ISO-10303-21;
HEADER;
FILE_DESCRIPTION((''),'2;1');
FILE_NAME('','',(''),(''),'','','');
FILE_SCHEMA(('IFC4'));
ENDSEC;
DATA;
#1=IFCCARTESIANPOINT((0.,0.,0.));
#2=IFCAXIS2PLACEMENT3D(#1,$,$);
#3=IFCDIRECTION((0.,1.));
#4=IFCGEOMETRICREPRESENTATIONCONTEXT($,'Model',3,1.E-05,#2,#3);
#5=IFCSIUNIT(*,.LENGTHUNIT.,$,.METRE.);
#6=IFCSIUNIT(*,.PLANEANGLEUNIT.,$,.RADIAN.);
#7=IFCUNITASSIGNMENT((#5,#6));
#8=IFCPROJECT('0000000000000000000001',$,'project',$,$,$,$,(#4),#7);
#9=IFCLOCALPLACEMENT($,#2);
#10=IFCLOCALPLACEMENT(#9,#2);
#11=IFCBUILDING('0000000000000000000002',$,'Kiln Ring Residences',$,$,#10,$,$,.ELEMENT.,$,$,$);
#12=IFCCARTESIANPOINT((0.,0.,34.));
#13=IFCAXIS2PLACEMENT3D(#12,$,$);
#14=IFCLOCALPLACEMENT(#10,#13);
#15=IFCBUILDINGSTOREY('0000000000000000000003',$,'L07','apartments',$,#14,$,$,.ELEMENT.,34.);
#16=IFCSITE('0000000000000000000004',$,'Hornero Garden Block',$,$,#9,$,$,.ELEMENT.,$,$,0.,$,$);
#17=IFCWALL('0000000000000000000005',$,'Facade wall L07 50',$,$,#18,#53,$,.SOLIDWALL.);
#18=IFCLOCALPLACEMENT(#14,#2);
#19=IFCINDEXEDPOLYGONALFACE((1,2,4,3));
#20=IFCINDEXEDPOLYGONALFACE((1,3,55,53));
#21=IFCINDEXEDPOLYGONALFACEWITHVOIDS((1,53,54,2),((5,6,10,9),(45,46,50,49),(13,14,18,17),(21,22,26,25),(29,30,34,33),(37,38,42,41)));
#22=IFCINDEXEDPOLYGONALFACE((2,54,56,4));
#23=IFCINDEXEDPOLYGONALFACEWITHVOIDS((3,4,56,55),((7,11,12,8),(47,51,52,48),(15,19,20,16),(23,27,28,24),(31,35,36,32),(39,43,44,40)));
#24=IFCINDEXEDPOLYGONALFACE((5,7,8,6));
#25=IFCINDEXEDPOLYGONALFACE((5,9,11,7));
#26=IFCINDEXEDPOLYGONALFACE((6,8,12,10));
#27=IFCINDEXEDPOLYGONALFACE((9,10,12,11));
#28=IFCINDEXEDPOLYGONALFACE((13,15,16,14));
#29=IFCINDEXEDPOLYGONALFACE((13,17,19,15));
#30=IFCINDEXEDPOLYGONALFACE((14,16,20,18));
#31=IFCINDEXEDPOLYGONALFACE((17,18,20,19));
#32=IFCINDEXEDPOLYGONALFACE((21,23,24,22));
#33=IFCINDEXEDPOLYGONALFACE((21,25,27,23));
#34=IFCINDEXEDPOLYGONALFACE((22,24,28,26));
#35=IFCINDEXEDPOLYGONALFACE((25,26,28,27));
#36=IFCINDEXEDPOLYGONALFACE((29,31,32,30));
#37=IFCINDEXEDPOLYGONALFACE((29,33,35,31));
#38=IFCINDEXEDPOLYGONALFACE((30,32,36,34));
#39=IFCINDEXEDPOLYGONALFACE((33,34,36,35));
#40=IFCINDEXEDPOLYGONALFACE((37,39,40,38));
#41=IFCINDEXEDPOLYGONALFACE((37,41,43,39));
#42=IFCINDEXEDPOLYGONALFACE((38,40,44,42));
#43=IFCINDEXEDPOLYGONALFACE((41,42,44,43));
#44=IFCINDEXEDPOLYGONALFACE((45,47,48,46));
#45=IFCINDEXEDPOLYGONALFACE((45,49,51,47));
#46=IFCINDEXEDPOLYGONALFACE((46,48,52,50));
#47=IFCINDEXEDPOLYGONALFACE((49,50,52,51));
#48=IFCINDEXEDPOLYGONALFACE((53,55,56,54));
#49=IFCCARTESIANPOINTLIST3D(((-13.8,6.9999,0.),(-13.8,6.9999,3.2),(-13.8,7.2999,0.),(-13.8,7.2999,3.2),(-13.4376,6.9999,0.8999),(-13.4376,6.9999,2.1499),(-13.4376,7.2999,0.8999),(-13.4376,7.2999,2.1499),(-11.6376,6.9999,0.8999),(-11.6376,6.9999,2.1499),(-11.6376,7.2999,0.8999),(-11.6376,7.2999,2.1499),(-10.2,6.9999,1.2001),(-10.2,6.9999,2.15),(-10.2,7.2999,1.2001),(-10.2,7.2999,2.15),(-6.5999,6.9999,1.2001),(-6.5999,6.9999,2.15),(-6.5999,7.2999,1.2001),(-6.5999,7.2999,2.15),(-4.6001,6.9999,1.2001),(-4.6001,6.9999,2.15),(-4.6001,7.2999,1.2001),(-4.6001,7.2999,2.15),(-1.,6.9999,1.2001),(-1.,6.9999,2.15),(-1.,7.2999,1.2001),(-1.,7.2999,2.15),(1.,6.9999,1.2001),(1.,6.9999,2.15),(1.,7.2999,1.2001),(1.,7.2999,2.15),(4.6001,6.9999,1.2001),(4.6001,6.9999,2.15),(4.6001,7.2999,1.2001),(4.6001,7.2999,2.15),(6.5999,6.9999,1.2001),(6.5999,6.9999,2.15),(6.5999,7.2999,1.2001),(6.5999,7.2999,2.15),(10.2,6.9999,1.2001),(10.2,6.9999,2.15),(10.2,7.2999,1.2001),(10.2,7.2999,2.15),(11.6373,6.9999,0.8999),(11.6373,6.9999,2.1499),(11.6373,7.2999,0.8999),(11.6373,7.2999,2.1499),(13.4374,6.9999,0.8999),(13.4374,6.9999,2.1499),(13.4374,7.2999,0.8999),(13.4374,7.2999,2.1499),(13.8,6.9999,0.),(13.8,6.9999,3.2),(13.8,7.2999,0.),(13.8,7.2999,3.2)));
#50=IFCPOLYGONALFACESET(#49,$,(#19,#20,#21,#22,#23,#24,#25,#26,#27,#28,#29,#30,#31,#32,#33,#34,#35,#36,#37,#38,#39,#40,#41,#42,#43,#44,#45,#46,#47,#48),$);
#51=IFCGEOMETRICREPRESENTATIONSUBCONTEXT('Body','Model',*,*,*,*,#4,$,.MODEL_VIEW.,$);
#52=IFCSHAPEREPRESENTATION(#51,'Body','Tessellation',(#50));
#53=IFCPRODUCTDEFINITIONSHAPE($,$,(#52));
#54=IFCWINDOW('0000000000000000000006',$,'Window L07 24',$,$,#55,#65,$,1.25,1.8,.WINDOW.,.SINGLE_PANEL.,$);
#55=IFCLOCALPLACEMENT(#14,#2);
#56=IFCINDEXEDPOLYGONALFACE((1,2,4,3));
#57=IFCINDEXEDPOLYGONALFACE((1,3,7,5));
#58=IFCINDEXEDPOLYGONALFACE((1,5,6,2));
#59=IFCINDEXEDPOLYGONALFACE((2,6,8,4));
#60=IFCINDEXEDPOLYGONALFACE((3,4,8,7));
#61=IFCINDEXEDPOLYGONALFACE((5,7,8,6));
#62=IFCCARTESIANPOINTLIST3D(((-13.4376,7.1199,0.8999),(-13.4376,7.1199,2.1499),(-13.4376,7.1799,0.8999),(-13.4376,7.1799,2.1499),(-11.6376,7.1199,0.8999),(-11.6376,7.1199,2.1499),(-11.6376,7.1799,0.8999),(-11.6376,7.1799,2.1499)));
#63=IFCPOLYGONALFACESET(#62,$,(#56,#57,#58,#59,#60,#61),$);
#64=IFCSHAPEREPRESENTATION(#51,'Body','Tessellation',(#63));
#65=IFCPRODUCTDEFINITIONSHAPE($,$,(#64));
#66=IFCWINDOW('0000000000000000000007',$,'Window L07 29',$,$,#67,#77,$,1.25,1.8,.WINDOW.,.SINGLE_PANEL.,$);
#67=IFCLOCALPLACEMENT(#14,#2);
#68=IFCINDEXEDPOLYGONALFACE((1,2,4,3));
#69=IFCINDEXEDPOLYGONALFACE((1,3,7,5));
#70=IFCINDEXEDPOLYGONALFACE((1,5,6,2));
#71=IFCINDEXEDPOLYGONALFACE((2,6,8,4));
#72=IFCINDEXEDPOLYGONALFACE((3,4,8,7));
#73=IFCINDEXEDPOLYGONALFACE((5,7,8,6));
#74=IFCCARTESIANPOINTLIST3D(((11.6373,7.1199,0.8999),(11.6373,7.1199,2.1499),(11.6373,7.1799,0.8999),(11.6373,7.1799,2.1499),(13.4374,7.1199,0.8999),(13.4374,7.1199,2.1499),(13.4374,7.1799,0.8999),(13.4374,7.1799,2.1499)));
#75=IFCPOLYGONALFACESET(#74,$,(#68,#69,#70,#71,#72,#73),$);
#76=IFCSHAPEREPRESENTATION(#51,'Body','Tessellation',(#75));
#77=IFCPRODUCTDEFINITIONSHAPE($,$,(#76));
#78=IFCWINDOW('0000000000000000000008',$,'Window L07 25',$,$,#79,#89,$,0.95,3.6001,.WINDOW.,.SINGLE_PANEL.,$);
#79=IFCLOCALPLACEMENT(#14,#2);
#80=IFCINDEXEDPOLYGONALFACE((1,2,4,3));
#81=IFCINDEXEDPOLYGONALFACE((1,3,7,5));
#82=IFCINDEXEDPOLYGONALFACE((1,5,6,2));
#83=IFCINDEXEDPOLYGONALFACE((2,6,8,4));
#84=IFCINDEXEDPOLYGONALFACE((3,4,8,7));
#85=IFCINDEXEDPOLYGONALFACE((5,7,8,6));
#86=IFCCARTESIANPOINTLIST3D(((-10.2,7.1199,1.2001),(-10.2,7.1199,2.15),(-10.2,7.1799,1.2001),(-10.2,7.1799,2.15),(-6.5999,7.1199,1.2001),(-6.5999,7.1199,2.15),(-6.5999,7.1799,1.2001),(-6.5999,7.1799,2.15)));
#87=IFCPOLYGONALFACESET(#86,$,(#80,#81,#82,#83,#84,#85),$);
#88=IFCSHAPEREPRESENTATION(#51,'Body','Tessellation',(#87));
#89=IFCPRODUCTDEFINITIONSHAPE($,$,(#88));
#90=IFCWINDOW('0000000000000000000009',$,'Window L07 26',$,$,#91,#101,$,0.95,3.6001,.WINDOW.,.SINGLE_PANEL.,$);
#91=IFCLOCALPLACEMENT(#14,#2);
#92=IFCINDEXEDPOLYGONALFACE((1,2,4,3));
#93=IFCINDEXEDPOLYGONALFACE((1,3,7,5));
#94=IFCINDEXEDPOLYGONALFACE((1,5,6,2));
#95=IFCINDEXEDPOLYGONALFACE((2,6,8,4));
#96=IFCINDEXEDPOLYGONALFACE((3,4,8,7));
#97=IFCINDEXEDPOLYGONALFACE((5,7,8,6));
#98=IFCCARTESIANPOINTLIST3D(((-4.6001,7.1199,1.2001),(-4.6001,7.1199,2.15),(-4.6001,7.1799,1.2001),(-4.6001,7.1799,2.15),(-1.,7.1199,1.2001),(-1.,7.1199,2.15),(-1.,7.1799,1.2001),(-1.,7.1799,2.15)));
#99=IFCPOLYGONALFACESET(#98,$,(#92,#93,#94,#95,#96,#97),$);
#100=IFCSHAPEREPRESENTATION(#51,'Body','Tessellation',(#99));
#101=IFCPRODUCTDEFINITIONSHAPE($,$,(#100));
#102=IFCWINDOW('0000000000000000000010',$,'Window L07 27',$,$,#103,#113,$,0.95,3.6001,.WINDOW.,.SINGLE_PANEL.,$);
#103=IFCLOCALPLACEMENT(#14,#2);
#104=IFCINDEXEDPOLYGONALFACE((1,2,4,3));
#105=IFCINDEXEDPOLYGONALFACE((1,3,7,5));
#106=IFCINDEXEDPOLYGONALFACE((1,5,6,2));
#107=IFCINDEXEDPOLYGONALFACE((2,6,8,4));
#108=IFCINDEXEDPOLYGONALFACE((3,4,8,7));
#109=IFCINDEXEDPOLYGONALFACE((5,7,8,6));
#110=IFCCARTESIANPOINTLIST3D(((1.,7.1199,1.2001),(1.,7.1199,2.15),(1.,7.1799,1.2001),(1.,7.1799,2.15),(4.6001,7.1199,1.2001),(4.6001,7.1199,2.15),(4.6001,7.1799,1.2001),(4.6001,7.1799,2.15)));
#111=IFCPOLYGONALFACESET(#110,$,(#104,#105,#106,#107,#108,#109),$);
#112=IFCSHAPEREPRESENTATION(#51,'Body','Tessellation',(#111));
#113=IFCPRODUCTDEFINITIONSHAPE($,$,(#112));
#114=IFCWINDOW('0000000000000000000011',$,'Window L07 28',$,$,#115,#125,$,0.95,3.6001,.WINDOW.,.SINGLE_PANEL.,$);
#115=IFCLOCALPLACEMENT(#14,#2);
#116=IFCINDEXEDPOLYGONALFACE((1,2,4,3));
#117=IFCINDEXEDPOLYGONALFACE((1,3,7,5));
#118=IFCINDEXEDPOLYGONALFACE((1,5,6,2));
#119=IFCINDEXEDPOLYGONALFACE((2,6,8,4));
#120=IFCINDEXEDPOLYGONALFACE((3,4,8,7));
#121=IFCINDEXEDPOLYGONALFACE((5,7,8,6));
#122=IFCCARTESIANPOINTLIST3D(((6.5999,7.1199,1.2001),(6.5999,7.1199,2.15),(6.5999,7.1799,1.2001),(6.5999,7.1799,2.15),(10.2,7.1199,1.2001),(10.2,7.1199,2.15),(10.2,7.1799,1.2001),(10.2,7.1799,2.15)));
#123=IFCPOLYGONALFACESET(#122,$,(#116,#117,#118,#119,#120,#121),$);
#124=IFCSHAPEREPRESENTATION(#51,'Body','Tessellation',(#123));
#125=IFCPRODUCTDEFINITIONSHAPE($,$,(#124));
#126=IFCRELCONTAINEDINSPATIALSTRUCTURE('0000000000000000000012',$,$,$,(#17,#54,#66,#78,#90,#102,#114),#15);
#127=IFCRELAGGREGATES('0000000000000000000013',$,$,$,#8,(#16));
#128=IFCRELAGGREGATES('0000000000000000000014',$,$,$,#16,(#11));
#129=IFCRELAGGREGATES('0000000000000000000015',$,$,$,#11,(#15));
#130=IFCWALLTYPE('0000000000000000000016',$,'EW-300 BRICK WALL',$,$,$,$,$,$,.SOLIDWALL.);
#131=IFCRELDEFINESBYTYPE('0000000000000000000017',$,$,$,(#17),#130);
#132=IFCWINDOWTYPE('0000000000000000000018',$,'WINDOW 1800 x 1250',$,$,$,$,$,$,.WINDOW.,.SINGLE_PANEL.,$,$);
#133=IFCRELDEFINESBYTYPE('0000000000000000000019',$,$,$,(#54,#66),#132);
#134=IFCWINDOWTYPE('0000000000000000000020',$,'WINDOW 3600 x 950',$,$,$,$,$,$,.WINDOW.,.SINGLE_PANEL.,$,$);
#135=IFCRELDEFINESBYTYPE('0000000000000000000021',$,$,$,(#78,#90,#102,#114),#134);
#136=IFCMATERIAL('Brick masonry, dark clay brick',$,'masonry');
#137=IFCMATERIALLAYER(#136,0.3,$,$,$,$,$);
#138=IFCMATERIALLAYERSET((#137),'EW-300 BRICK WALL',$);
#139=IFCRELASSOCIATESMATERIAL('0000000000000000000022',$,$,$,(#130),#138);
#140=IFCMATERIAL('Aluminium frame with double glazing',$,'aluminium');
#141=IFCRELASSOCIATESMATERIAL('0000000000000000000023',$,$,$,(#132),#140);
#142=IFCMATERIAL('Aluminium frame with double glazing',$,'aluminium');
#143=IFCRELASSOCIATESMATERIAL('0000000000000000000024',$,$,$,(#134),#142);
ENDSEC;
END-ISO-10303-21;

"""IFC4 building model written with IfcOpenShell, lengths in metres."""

from ifc_helpers import new_model, si_unit, direction, frame, frame_2d, origin, place, context, subcontext, project, spatial, rectangle, extrude, material, layer, layer_set, type_object, element, fill, save


model = new_model("IFC4")

# Units and contexts
model_context = context("Model", 3, precision=1e-05, world=origin(), true_north=direction((0.0, 1.0)))
body_context = subcontext(model_context, "Body", "Model", "MODEL_VIEW")
ifc_project = project(units=[si_unit("LENGTHUNIT", "METRE"), si_unit("PLANEANGLEUNIT", "RADIAN")], contexts=[model_context])

# Site, building, storey
site_placement = place(None, origin())
site = spatial("IfcSite", under=ifc_project, at=site_placement, Name="Hornero Garden Block", CompositionType="ELEMENT", RefElevation=0.0)
building_placement = place(site_placement, origin())
building = spatial("IfcBuilding", under=site, at=building_placement, Name="Kiln Ring Residences", CompositionType="ELEMENT")
storey_placement = place(building_placement, frame((0.0, 0.0, 34.0)))
storey = spatial("IfcBuildingStorey", under=building, at=storey_placement, Name="L07", Description="apartments", CompositionType="ELEMENT", Elevation=34.0)

# Wall, openings, windows
ifc_material_1 = material(Name="Brick masonry, dark clay brick", Category="masonry")
ifc_layer_1 = layer(ifc_material_1, 0.3)
ifc_layer_set_1 = layer_set([ifc_layer_1], Name="EW-300 BRICK WALL")
wall_type_1 = type_object("IfcWallType", Name="EW-300 BRICK WALL", PredefinedType="SOLIDWALL", material=ifc_layer_set_1)
wall_1_placement = place(storey_placement, frame((-13.8, 7.1499, 0.0), z_axis=(0.0, 0.0, 1.0), x_axis=(1.0, 0.0, 0.0)))
wall_1 = element("IfcWall", 1, at=wall_1_placement, inside=storey, type_object=wall_type_1, Name="Facade wall L07 50", PredefinedType="SOLIDWALL", context=body_context, shape_type="SweptSolid", body=[
    extrude(rectangle(XDim=27.6001, YDim=0.3, at=frame_2d((13.8, 0.0))), origin(), (0.0, 0.0, 1.0), 3.2),
])
opening_1_placement = place(wall_1_placement, frame((0.3625, 0.0, 0.8999)))
opening_1 = element("IfcOpeningElement", 2, at=opening_1_placement, cuts=wall_1, PredefinedType="OPENING", context=body_context, shape_type="SweptSolid", body=[
    extrude(rectangle(XDim=1.8, YDim=1.25, at=frame_2d((0.8999, 0.625))), frame((0.0, 0.1599, 0.0), z_axis=(0.0, -1.0, 0.0), x_axis=(1.0, 0.0, 0.0)), (0.0, 0.0, 1.0), 0.3201),
])
opening_2_placement = place(wall_1_placement, frame((3.6001, 0.0, 1.2)))
opening_2 = element("IfcOpeningElement", 3, at=opening_2_placement, cuts=wall_1, PredefinedType="OPENING", context=body_context, shape_type="SweptSolid", body=[
    extrude(rectangle(XDim=3.6001, YDim=0.95, at=frame_2d((1.8, 0.4751))), frame((0.0, 0.1599, 0.0), z_axis=(0.0, -1.0, 0.0), x_axis=(1.0, 0.0, 0.0)), (0.0, 0.0, 1.0), 0.3201),
])
opening_3_placement = place(wall_1_placement, frame((9.2, 0.0, 1.2)))
opening_3 = element("IfcOpeningElement", 4, at=opening_3_placement, cuts=wall_1, PredefinedType="OPENING", context=body_context, shape_type="SweptSolid", body=[
    extrude(rectangle(XDim=3.6001, YDim=0.95, at=frame_2d((1.8, 0.4751))), frame((0.0, 0.1599, 0.0), z_axis=(0.0, -1.0, 0.0), x_axis=(1.0, 0.0, 0.0)), (0.0, 0.0, 1.0), 0.3201),
])
opening_4_placement = place(wall_1_placement, frame((14.8, 0.0, 1.2)))
opening_4 = element("IfcOpeningElement", 5, at=opening_4_placement, cuts=wall_1, PredefinedType="OPENING", context=body_context, shape_type="SweptSolid", body=[
    extrude(rectangle(XDim=3.6001, YDim=0.95, at=frame_2d((1.8, 0.4751))), frame((0.0, 0.1599, 0.0), z_axis=(0.0, -1.0, 0.0), x_axis=(1.0, 0.0, 0.0)), (0.0, 0.0, 1.0), 0.3201),
])
opening_5_placement = place(wall_1_placement, frame((20.3999, 0.0, 1.2)))
opening_5 = element("IfcOpeningElement", 6, at=opening_5_placement, cuts=wall_1, PredefinedType="OPENING", context=body_context, shape_type="SweptSolid", body=[
    extrude(rectangle(XDim=3.6001, YDim=0.95, at=frame_2d((1.8, 0.4751))), frame((0.0, 0.1599, 0.0), z_axis=(0.0, -1.0, 0.0), x_axis=(1.0, 0.0, 0.0)), (0.0, 0.0, 1.0), 0.3201),
])
opening_6_placement = place(wall_1_placement, frame((25.4375, 0.0, 0.8999)))
opening_6 = element("IfcOpeningElement", 7, at=opening_6_placement, cuts=wall_1, PredefinedType="OPENING", context=body_context, shape_type="SweptSolid", body=[
    extrude(rectangle(XDim=1.8, YDim=1.25, at=frame_2d((0.8999, 0.625))), frame((0.0, 0.1599, 0.0), z_axis=(0.0, -1.0, 0.0), x_axis=(1.0, 0.0, 0.0)), (0.0, 0.0, 1.0), 0.3201),
])
ifc_material_2 = material(Name="Aluminium frame with double glazing", Category="aluminium")
window_type_1 = type_object("IfcWindowType", Name="WINDOW 1800 x 1250", PartitioningType="SINGLE_PANEL", PredefinedType="WINDOW", material=ifc_material_2)
window_1_placement = place(opening_1_placement, origin())
window_1 = element("IfcWindow", 8, at=window_1_placement, inside=storey, type_object=window_type_1, Name="Window L07 24", OverallHeight=1.25, OverallWidth=1.8, PartitioningType="SINGLE_PANEL", PredefinedType="WINDOW", context=body_context, shape_type="SweptSolid", body=[
    extrude(rectangle(XDim=1.8, YDim=1.25, at=frame_2d((0.8999, 0.625))), frame((0.0, 0.03, 0.0), z_axis=(0.0, -1.0, 0.0), x_axis=(1.0, 0.0, 0.0)), (0.0, 0.0, 1.0), 0.0601),
])
fill(opening_1, window_1)
window_2_placement = place(opening_6_placement, origin())
window_2 = element("IfcWindow", 9, at=window_2_placement, inside=storey, type_object=window_type_1, Name="Window L07 29", OverallHeight=1.25, OverallWidth=1.8, PartitioningType="SINGLE_PANEL", PredefinedType="WINDOW", context=body_context, shape_type="SweptSolid", body=[
    extrude(rectangle(XDim=1.8, YDim=1.25, at=frame_2d((0.8999, 0.625))), frame((0.0, 0.03, 0.0), z_axis=(0.0, -1.0, 0.0), x_axis=(1.0, 0.0, 0.0)), (0.0, 0.0, 1.0), 0.0601),
])
fill(opening_6, window_2)
ifc_material_3 = material(Name="Aluminium frame with double glazing", Category="aluminium")
window_type_2 = type_object("IfcWindowType", Name="WINDOW 3600 x 950", PartitioningType="SINGLE_PANEL", PredefinedType="WINDOW", material=ifc_material_3)
window_3_placement = place(opening_2_placement, origin())
window_3 = element("IfcWindow", 10, at=window_3_placement, inside=storey, type_object=window_type_2, Name="Window L07 25", OverallHeight=0.95, OverallWidth=3.6001, PartitioningType="SINGLE_PANEL", PredefinedType="WINDOW", context=body_context, shape_type="SweptSolid", body=[
    extrude(rectangle(XDim=3.6001, YDim=0.95, at=frame_2d((1.8, 0.4751))), frame((0.0, 0.03, 0.0), z_axis=(0.0, -1.0, 0.0), x_axis=(1.0, 0.0, 0.0)), (0.0, 0.0, 1.0), 0.0601),
])
fill(opening_2, window_3)
window_4_placement = place(opening_3_placement, origin())
window_4 = element("IfcWindow", 11, at=window_4_placement, inside=storey, type_object=window_type_2, Name="Window L07 26", OverallHeight=0.95, OverallWidth=3.6001, PartitioningType="SINGLE_PANEL", PredefinedType="WINDOW", context=body_context, shape_type="SweptSolid", body=[
    extrude(rectangle(XDim=3.6001, YDim=0.95, at=frame_2d((1.8, 0.4751))), frame((0.0, 0.03, 0.0), z_axis=(0.0, -1.0, 0.0), x_axis=(1.0, 0.0, 0.0)), (0.0, 0.0, 1.0), 0.0601),
])
fill(opening_3, window_4)
window_5_placement = place(opening_4_placement, origin())
window_5 = element("IfcWindow", 12, at=window_5_placement, inside=storey, type_object=window_type_2, Name="Window L07 27", OverallHeight=0.95, OverallWidth=3.6001, PartitioningType="SINGLE_PANEL", PredefinedType="WINDOW", context=body_context, shape_type="SweptSolid", body=[
    extrude(rectangle(XDim=3.6001, YDim=0.95, at=frame_2d((1.8, 0.4751))), frame((0.0, 0.03, 0.0), z_axis=(0.0, -1.0, 0.0), x_axis=(1.0, 0.0, 0.0)), (0.0, 0.0, 1.0), 0.0601),
])
fill(opening_4, window_5)
window_6_placement = place(opening_5_placement, origin())
window_6 = element("IfcWindow", 13, at=window_6_placement, inside=storey, type_object=window_type_2, Name="Window L07 28", OverallHeight=0.95, OverallWidth=3.6001, PartitioningType="SINGLE_PANEL", PredefinedType="WINDOW", context=body_context, shape_type="SweptSolid", body=[
    extrude(rectangle(XDim=3.6001, YDim=0.95, at=frame_2d((1.8, 0.4751))), frame((0.0, 0.03, 0.0), z_axis=(0.0, -1.0, 0.0), x_axis=(1.0, 0.0, 0.0)), (0.0, 0.0, 1.0), 0.0601),
])
fill(opening_5, window_6)

save(model, "model.ifc")
